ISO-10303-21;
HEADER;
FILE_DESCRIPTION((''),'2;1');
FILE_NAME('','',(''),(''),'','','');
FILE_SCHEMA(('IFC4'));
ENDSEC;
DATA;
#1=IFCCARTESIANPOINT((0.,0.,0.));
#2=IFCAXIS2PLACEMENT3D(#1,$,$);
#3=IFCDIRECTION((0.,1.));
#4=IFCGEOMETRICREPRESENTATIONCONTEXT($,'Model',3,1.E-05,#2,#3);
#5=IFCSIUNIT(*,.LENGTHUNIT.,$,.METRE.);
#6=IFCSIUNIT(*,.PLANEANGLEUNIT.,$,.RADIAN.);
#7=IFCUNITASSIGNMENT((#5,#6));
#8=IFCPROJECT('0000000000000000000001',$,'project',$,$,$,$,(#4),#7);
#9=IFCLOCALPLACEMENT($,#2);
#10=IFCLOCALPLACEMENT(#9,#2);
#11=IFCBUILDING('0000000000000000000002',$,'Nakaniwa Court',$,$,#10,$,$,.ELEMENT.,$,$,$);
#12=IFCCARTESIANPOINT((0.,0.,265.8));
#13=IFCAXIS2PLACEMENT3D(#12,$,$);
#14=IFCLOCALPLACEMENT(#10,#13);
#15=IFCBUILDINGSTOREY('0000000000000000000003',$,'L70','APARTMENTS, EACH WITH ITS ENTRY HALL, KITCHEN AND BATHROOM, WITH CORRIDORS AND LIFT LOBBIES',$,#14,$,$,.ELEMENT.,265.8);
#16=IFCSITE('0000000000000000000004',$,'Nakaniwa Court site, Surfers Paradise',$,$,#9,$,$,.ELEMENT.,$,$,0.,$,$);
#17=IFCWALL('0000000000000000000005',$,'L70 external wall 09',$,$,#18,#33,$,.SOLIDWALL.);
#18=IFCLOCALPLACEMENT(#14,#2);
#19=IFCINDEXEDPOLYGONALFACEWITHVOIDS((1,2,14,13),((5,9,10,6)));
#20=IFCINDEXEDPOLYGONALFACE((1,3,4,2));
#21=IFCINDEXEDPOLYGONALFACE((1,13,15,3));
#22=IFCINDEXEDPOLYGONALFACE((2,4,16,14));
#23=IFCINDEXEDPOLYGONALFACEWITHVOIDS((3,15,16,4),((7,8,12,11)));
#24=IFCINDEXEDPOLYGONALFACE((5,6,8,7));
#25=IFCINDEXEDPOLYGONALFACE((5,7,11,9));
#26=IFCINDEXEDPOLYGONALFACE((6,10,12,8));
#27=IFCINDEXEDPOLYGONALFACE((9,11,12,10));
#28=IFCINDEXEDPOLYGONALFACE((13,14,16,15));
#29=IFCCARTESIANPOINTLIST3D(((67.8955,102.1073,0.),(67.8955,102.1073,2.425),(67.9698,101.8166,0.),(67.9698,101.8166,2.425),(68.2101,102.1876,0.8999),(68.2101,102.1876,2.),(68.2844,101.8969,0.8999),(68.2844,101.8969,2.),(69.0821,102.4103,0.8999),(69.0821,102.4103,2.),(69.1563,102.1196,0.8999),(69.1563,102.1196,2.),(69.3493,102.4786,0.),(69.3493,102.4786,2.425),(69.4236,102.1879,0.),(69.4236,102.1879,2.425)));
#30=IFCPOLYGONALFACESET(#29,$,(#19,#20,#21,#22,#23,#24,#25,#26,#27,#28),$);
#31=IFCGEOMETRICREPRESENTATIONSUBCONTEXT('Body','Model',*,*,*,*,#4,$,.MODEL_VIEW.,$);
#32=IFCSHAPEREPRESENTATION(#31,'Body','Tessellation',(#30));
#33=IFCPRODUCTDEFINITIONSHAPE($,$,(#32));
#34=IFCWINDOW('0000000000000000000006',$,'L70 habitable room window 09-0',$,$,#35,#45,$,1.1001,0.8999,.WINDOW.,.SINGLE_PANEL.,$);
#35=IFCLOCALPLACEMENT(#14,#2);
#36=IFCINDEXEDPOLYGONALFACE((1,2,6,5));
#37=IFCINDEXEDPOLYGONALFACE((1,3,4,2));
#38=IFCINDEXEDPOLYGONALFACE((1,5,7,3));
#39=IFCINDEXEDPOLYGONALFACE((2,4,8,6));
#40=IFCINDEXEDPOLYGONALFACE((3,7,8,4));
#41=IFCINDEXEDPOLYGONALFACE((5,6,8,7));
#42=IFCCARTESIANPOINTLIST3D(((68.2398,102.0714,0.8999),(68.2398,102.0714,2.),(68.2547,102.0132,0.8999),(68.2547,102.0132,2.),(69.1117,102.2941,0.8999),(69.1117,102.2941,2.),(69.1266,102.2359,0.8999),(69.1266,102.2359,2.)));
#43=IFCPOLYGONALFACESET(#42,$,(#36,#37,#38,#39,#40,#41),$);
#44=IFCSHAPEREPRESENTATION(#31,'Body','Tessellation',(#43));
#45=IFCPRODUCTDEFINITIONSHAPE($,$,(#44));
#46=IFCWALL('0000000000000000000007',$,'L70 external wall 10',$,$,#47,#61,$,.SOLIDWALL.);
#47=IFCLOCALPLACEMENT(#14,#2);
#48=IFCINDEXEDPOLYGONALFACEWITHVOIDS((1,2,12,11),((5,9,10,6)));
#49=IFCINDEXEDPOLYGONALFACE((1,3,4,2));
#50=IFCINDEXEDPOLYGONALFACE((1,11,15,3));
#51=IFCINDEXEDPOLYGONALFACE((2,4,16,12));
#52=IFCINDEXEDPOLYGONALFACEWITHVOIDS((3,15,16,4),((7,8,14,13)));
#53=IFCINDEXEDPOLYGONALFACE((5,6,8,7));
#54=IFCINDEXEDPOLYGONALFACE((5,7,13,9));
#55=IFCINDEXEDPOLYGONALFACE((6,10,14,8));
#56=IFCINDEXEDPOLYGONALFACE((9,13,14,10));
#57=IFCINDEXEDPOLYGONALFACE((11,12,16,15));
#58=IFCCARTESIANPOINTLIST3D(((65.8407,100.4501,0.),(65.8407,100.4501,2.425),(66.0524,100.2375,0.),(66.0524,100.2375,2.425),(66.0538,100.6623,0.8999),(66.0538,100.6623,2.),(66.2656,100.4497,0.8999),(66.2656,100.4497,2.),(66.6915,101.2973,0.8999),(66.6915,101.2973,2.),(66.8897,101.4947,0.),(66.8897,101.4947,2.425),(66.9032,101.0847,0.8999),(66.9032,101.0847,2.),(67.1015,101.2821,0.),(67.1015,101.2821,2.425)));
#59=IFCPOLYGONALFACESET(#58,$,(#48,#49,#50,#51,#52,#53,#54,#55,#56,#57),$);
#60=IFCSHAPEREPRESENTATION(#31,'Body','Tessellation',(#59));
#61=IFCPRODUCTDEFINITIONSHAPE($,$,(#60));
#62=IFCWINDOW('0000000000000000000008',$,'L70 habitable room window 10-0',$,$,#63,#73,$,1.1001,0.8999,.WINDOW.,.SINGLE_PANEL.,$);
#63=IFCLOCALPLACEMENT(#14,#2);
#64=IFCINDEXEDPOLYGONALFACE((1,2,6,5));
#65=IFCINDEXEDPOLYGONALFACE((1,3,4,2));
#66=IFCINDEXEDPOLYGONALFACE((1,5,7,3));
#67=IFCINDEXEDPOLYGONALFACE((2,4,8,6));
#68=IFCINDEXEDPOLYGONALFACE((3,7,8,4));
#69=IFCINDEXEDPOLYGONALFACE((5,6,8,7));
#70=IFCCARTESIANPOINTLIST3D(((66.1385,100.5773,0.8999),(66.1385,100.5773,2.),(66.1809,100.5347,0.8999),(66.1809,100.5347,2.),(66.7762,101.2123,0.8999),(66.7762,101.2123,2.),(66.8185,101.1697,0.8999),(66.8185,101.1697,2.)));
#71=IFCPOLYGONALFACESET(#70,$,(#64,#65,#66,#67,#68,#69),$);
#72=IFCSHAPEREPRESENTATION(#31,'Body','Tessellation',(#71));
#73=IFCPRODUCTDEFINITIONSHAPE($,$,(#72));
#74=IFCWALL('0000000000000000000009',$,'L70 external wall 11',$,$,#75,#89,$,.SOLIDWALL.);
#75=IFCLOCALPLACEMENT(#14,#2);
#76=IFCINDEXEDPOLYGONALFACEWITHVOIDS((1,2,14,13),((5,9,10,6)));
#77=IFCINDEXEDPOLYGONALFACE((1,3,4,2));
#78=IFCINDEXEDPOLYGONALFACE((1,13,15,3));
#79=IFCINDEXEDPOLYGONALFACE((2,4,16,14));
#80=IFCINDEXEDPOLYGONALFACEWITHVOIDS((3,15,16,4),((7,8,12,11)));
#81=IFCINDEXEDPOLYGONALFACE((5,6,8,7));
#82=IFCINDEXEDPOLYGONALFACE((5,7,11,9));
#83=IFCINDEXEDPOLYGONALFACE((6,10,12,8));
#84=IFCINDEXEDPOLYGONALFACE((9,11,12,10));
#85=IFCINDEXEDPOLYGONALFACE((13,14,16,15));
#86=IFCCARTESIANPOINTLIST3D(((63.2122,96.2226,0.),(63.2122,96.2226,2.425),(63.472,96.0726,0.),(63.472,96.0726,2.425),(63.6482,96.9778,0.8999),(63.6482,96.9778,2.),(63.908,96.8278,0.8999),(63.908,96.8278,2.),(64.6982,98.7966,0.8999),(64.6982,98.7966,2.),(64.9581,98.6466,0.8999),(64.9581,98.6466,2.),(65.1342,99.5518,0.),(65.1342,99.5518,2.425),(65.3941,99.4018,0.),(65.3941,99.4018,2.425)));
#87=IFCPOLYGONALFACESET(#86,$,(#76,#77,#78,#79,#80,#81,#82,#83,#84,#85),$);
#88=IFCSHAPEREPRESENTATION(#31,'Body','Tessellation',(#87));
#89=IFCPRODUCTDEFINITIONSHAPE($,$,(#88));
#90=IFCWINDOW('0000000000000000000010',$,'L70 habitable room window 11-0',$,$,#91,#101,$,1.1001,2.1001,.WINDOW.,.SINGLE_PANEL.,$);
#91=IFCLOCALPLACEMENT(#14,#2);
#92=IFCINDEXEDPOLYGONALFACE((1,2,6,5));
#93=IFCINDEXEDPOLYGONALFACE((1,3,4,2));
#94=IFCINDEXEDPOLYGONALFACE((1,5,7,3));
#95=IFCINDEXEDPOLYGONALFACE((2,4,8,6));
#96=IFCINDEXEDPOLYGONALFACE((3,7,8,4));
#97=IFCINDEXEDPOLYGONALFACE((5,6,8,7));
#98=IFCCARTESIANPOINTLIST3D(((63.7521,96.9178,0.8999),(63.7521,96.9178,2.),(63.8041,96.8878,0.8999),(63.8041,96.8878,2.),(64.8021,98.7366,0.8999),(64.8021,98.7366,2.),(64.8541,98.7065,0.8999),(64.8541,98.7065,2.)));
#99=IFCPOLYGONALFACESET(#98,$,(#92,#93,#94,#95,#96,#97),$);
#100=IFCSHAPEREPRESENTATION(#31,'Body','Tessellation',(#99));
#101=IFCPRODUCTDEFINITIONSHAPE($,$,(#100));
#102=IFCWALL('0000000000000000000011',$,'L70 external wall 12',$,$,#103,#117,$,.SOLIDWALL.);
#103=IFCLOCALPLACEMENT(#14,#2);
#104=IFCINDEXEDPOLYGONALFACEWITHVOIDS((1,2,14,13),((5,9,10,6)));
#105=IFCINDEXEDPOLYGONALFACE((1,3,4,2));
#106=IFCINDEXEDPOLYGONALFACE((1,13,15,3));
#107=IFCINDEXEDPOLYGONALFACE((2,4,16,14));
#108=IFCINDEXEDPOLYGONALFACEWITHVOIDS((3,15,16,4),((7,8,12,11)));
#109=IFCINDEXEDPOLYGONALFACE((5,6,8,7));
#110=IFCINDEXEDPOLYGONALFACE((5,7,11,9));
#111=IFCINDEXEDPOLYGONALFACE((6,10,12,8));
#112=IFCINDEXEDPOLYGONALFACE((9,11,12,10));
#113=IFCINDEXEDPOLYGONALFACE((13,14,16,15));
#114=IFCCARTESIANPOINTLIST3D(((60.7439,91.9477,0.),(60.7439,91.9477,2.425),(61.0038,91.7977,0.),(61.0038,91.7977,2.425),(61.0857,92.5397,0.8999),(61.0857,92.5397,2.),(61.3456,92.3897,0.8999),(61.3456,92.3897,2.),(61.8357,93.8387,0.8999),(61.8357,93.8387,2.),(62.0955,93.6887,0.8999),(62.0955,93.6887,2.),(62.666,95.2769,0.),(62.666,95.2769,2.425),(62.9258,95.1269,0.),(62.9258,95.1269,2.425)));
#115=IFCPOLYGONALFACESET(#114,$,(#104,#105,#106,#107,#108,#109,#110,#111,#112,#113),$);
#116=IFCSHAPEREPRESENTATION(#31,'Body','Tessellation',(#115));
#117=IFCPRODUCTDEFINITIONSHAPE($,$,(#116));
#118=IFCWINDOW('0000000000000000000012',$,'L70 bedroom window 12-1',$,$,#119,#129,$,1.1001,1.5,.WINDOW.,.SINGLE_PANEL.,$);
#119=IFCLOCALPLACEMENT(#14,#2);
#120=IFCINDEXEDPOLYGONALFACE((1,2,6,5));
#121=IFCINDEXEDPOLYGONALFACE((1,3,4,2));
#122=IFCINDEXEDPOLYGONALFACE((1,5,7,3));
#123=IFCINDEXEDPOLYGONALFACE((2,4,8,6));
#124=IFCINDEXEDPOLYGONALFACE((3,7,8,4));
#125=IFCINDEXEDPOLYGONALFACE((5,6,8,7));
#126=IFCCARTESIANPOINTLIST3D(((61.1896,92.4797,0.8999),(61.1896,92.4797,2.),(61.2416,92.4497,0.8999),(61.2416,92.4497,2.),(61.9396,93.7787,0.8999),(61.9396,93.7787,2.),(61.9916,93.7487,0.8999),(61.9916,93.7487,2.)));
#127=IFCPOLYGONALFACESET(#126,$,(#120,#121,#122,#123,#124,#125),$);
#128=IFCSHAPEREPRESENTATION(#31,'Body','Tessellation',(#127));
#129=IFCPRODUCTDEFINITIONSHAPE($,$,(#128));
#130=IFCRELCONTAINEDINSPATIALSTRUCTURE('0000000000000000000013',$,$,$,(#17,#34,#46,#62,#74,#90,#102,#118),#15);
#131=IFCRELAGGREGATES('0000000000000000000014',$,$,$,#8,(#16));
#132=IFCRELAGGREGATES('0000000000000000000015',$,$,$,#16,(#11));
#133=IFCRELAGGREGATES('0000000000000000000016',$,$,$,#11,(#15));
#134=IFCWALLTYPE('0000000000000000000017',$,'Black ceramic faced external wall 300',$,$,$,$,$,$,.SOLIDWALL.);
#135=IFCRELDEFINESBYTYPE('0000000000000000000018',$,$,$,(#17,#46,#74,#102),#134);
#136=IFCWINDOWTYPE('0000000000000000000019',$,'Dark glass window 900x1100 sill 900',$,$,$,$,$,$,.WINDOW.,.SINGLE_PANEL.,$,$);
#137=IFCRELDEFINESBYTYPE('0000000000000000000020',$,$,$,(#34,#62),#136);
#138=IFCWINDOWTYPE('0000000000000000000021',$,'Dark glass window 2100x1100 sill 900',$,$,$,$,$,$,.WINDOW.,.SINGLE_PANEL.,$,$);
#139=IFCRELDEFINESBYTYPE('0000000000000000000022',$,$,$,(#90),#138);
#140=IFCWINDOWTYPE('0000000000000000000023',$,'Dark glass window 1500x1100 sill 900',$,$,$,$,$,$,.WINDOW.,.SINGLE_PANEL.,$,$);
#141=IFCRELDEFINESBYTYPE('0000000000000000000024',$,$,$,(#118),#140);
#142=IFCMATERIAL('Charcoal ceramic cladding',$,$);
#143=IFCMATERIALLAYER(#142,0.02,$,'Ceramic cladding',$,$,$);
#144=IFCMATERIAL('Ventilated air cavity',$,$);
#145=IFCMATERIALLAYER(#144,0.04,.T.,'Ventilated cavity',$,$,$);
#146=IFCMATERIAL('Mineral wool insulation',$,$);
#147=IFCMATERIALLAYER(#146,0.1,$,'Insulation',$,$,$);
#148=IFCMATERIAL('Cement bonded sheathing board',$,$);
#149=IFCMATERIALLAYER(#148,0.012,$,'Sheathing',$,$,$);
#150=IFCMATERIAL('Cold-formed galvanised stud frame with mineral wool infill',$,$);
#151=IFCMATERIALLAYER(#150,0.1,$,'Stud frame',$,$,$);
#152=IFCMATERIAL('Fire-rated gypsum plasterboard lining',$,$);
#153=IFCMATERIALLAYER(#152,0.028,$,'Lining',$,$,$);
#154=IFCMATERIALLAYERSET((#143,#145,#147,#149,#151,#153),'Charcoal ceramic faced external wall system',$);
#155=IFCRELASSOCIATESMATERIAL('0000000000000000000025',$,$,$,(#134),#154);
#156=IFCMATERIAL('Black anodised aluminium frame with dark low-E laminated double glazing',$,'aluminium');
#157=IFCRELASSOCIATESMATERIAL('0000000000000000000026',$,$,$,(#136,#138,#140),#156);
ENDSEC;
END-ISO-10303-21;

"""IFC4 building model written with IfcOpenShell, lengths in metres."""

from ifc_helpers import new_model, si_unit, direction, frame, frame_2d, origin, place, context, subcontext, project, spatial, rectangle, extrude, material, layer, layer_set, type_object, element, fill, save


model = new_model("IFC4")

# Units and contexts
model_context = context("Model", 3, precision=1e-05, world=origin(), true_north=direction((0.0, 1.0)))
body_context = subcontext(model_context, "Body", "Model", "MODEL_VIEW")
ifc_project = project(units=[si_unit("LENGTHUNIT", "METRE"), si_unit("PLANEANGLEUNIT", "RADIAN")], contexts=[model_context])

# Site, building, storey
site_placement = place(None, origin())
site = spatial("IfcSite", under=ifc_project, at=site_placement, Name="Nakaniwa Court site, Surfers Paradise", CompositionType="ELEMENT", RefElevation=0.0)
building_placement = place(site_placement, origin())
building = spatial("IfcBuilding", under=site, at=building_placement, Name="Nakaniwa Court", CompositionType="ELEMENT")
storey_placement = place(building_placement, frame((0.0, 0.0, 265.8)))
storey = spatial("IfcBuildingStorey", under=building, at=storey_placement, Name="L70", Description="APARTMENTS, EACH WITH ITS ENTRY HALL, KITCHEN AND BATHROOM, WITH CORRIDORS AND LIFT LOBBIES", CompositionType="ELEMENT", Elevation=265.8)

# Walls, openings, windows
ifc_material_1 = material(Name="Charcoal ceramic cladding")
ifc_layer_1 = layer(ifc_material_1, 0.02, Name="Ceramic cladding")
ifc_material_2 = material(Name="Ventilated air cavity")
ifc_layer_2 = layer(ifc_material_2, 0.04, ventilated=True, Name="Ventilated cavity")
ifc_material_3 = material(Name="Mineral wool insulation")
ifc_layer_3 = layer(ifc_material_3, 0.1, Name="Insulation")
ifc_material_4 = material(Name="Cement bonded sheathing board")
ifc_layer_4 = layer(ifc_material_4, 0.012, Name="Sheathing")
ifc_material_5 = material(Name="Cold-formed galvanised stud frame with mineral wool infill")
ifc_layer_5 = layer(ifc_material_5, 0.1, Name="Stud frame")
ifc_material_6 = material(Name="Fire-rated gypsum plasterboard lining")
ifc_layer_6 = layer(ifc_material_6, 0.028, Name="Lining")
ifc_layer_set_1 = layer_set([ifc_layer_1, ifc_layer_2, ifc_layer_3, ifc_layer_4, ifc_layer_5, ifc_layer_6], Name="Charcoal ceramic faced external wall system")
wall_type_1 = type_object("IfcWallType", Name="Black ceramic faced external wall 300", PredefinedType="SOLIDWALL", material=ifc_layer_set_1)
wall_1_placement = place(storey_placement, frame((69.3865, 102.3333, 0.0), z_axis=(0.0, 0.0, 1.0), x_axis=(-0.968895, -0.247471, 0.0)))
wall_1 = element("IfcWall", 1, at=wall_1_placement, inside=storey, type_object=wall_type_1, Name="L70 external wall 09", PredefinedType="SOLIDWALL", context=body_context, shape_type="SweptSolid", body=[
    extrude(rectangle(XDim=1.5005, YDim=0.3, at=frame_2d((0.7502, 0.0))), origin(), (0.0, 0.0, 1.0), 2.425),
])
opening_1_placement = place(wall_1_placement, frame((0.2759, 0.0, 0.8999)))
opening_1 = element("IfcOpeningElement", 2, at=opening_1_placement, cuts=wall_1, PredefinedType="OPENING", context=body_context, shape_type="SweptSolid", body=[
    extrude(rectangle(XDim=0.8999, YDim=1.1001, at=frame_2d((0.45, 0.55))), frame((0.0, 0.1599, 0.0), z_axis=(0.0, -1.0, 0.0), x_axis=(1.0, 0.0, 0.0)), (0.0, 0.0, 1.0), 0.3201),
])
ifc_material_7 = material(Name="Black anodised aluminium frame with dark low-E laminated double glazing", Category="aluminium")
window_type_1 = type_object("IfcWindowType", Name="Dark glass window 900x1100 sill 900", PartitioningType="SINGLE_PANEL", PredefinedType="WINDOW", material=ifc_material_7)
window_1_placement = place(opening_1_placement, origin())
window_1 = element("IfcWindow", 3, at=window_1_placement, inside=storey, type_object=window_type_1, Name="L70 habitable room window 09-0", OverallHeight=1.1001, OverallWidth=0.8999, PartitioningType="SINGLE_PANEL", PredefinedType="WINDOW", context=body_context, shape_type="SweptSolid", body=[
    extrude(rectangle(XDim=0.8999, YDim=1.1001, at=frame_2d((0.45, 0.55))), frame((0.0, 0.03, 0.0), z_axis=(0.0, -1.0, 0.0), x_axis=(1.0, 0.0, 0.0)), (0.0, 0.0, 1.0), 0.0601),
])
fill(opening_1, window_1)
wall_2_placement = place(storey_placement, frame((66.9956, 101.3884, 0.0), z_axis=(0.0, 0.0, 1.0), x_axis=(-0.708589, -0.705621, 0.0)))
wall_2 = element("IfcWall", 4, at=wall_2_placement, inside=storey, type_object=wall_type_1, Name="L70 external wall 10", PredefinedType="SOLIDWALL", context=body_context, shape_type="SweptSolid", body=[
    extrude(rectangle(XDim=1.4805, YDim=0.3, at=frame_2d((0.7402, 0.0))), origin(), (0.0, 0.0, 1.0), 2.425),
])
opening_2_placement = place(wall_2_placement, frame((0.2798, 0.0, 0.8999)))
opening_2 = element("IfcOpeningElement", 5, at=opening_2_placement, cuts=wall_2, PredefinedType="OPENING", context=body_context, shape_type="SweptSolid", body=[
    extrude(rectangle(XDim=0.8999, YDim=1.1001, at=frame_2d((0.45, 0.55))), frame((0.0, 0.1599, 0.0), z_axis=(0.0, -1.0, 0.0), x_axis=(1.0, 0.0, 0.0)), (0.0, 0.0, 1.0), 0.3201),
])
window_2_placement = place(opening_2_placement, origin())
window_2 = element("IfcWindow", 6, at=window_2_placement, inside=storey, type_object=window_type_1, Name="L70 habitable room window 10-0", OverallHeight=1.1001, OverallWidth=0.8999, PartitioningType="SINGLE_PANEL", PredefinedType="WINDOW", context=body_context, shape_type="SweptSolid", body=[
    extrude(rectangle(XDim=0.8999, YDim=1.1001, at=frame_2d((0.45, 0.55))), frame((0.0, 0.03, 0.0), z_axis=(0.0, -1.0, 0.0), x_axis=(1.0, 0.0, 0.0)), (0.0, 0.0, 1.0), 0.0601),
])
fill(opening_2, window_2)
wall_3_placement = place(storey_placement, frame((65.2642, 99.4768, 0.0), z_axis=(0.0, 0.0, 1.0), x_axis=(-0.499984, -0.866034, 0.0)))
wall_3 = element("IfcWall", 7, at=wall_3_placement, inside=storey, type_object=wall_type_1, Name="L70 external wall 11", PredefinedType="SOLIDWALL", context=body_context, shape_type="SweptSolid", body=[
    extrude(rectangle(XDim=3.8442, YDim=0.3, at=frame_2d((1.9221, 0.0))), origin(), (0.0, 0.0, 1.0), 2.425),
])
opening_3_placement = place(wall_3_placement, frame((0.8721, 0.0, 0.8999)))
opening_3 = element("IfcOpeningElement", 8, at=opening_3_placement, cuts=wall_3, PredefinedType="OPENING", context=body_context, shape_type="SweptSolid", body=[
    extrude(rectangle(XDim=2.1001, YDim=1.1001, at=frame_2d((1.05, 0.55))), frame((0.0, 0.1599, 0.0), z_axis=(0.0, -1.0, 0.0), x_axis=(1.0, 0.0, 0.0)), (0.0, 0.0, 1.0), 0.3201),
])
window_type_2 = type_object("IfcWindowType", Name="Dark glass window 2100x1100 sill 900", PartitioningType="SINGLE_PANEL", PredefinedType="WINDOW", material=ifc_material_7)
window_3_placement = place(opening_3_placement, origin())
window_3 = element("IfcWindow", 9, at=window_3_placement, inside=storey, type_object=window_type_2, Name="L70 habitable room window 11-0", OverallHeight=1.1001, OverallWidth=2.1001, PartitioningType="SINGLE_PANEL", PredefinedType="WINDOW", context=body_context, shape_type="SweptSolid", body=[
    extrude(rectangle(XDim=2.1001, YDim=1.1001, at=frame_2d((1.05, 0.55))), frame((0.0, 0.03, 0.0), z_axis=(0.0, -1.0, 0.0), x_axis=(1.0, 0.0, 0.0)), (0.0, 0.0, 1.0), 0.0601),
])
fill(opening_3, window_3)
wall_4_placement = place(storey_placement, frame((62.7959, 95.2019, 0.0), z_axis=(0.0, 0.0, 1.0), x_axis=(-0.499984, -0.866034, 0.0)))
wall_4 = element("IfcWall", 10, at=wall_4_placement, inside=storey, type_object=wall_type_1, Name="L70 external wall 12", PredefinedType="SOLIDWALL", context=body_context, shape_type="SweptSolid", body=[
    extrude(rectangle(XDim=3.8442, YDim=0.3, at=frame_2d((1.9221, 0.0))), origin(), (0.0, 0.0, 1.0), 2.425),
])
opening_4_placement = place(wall_4_placement, frame((1.6606, 0.0, 0.8999)))
opening_4 = element("IfcOpeningElement", 11, at=opening_4_placement, cuts=wall_4, PredefinedType="OPENING", context=body_context, shape_type="SweptSolid", body=[
    extrude(rectangle(XDim=1.5, YDim=1.1001, at=frame_2d((0.75, 0.55))), frame((0.0, 0.1599, 0.0), z_axis=(0.0, -1.0, 0.0), x_axis=(1.0, 0.0, 0.0)), (0.0, 0.0, 1.0), 0.3201),
])
window_type_3 = type_object("IfcWindowType", Name="Dark glass window 1500x1100 sill 900", PartitioningType="SINGLE_PANEL", PredefinedType="WINDOW", material=ifc_material_7)
window_4_placement = place(opening_4_placement, origin())
window_4 = element("IfcWindow", 12, at=window_4_placement, inside=storey, type_object=window_type_3, Name="L70 bedroom window 12-1", OverallHeight=1.1001, OverallWidth=1.5, PartitioningType="SINGLE_PANEL", PredefinedType="WINDOW", context=body_context, shape_type="SweptSolid", body=[
    extrude(rectangle(XDim=1.5, YDim=1.1001, at=frame_2d((0.75, 0.55))), frame((0.0, 0.03, 0.0), z_axis=(0.0, -1.0, 0.0), x_axis=(1.0, 0.0, 0.0)), (0.0, 0.0, 1.0), 0.0601),
])
fill(opening_4, window_4)

save(model, "model.ifc")
